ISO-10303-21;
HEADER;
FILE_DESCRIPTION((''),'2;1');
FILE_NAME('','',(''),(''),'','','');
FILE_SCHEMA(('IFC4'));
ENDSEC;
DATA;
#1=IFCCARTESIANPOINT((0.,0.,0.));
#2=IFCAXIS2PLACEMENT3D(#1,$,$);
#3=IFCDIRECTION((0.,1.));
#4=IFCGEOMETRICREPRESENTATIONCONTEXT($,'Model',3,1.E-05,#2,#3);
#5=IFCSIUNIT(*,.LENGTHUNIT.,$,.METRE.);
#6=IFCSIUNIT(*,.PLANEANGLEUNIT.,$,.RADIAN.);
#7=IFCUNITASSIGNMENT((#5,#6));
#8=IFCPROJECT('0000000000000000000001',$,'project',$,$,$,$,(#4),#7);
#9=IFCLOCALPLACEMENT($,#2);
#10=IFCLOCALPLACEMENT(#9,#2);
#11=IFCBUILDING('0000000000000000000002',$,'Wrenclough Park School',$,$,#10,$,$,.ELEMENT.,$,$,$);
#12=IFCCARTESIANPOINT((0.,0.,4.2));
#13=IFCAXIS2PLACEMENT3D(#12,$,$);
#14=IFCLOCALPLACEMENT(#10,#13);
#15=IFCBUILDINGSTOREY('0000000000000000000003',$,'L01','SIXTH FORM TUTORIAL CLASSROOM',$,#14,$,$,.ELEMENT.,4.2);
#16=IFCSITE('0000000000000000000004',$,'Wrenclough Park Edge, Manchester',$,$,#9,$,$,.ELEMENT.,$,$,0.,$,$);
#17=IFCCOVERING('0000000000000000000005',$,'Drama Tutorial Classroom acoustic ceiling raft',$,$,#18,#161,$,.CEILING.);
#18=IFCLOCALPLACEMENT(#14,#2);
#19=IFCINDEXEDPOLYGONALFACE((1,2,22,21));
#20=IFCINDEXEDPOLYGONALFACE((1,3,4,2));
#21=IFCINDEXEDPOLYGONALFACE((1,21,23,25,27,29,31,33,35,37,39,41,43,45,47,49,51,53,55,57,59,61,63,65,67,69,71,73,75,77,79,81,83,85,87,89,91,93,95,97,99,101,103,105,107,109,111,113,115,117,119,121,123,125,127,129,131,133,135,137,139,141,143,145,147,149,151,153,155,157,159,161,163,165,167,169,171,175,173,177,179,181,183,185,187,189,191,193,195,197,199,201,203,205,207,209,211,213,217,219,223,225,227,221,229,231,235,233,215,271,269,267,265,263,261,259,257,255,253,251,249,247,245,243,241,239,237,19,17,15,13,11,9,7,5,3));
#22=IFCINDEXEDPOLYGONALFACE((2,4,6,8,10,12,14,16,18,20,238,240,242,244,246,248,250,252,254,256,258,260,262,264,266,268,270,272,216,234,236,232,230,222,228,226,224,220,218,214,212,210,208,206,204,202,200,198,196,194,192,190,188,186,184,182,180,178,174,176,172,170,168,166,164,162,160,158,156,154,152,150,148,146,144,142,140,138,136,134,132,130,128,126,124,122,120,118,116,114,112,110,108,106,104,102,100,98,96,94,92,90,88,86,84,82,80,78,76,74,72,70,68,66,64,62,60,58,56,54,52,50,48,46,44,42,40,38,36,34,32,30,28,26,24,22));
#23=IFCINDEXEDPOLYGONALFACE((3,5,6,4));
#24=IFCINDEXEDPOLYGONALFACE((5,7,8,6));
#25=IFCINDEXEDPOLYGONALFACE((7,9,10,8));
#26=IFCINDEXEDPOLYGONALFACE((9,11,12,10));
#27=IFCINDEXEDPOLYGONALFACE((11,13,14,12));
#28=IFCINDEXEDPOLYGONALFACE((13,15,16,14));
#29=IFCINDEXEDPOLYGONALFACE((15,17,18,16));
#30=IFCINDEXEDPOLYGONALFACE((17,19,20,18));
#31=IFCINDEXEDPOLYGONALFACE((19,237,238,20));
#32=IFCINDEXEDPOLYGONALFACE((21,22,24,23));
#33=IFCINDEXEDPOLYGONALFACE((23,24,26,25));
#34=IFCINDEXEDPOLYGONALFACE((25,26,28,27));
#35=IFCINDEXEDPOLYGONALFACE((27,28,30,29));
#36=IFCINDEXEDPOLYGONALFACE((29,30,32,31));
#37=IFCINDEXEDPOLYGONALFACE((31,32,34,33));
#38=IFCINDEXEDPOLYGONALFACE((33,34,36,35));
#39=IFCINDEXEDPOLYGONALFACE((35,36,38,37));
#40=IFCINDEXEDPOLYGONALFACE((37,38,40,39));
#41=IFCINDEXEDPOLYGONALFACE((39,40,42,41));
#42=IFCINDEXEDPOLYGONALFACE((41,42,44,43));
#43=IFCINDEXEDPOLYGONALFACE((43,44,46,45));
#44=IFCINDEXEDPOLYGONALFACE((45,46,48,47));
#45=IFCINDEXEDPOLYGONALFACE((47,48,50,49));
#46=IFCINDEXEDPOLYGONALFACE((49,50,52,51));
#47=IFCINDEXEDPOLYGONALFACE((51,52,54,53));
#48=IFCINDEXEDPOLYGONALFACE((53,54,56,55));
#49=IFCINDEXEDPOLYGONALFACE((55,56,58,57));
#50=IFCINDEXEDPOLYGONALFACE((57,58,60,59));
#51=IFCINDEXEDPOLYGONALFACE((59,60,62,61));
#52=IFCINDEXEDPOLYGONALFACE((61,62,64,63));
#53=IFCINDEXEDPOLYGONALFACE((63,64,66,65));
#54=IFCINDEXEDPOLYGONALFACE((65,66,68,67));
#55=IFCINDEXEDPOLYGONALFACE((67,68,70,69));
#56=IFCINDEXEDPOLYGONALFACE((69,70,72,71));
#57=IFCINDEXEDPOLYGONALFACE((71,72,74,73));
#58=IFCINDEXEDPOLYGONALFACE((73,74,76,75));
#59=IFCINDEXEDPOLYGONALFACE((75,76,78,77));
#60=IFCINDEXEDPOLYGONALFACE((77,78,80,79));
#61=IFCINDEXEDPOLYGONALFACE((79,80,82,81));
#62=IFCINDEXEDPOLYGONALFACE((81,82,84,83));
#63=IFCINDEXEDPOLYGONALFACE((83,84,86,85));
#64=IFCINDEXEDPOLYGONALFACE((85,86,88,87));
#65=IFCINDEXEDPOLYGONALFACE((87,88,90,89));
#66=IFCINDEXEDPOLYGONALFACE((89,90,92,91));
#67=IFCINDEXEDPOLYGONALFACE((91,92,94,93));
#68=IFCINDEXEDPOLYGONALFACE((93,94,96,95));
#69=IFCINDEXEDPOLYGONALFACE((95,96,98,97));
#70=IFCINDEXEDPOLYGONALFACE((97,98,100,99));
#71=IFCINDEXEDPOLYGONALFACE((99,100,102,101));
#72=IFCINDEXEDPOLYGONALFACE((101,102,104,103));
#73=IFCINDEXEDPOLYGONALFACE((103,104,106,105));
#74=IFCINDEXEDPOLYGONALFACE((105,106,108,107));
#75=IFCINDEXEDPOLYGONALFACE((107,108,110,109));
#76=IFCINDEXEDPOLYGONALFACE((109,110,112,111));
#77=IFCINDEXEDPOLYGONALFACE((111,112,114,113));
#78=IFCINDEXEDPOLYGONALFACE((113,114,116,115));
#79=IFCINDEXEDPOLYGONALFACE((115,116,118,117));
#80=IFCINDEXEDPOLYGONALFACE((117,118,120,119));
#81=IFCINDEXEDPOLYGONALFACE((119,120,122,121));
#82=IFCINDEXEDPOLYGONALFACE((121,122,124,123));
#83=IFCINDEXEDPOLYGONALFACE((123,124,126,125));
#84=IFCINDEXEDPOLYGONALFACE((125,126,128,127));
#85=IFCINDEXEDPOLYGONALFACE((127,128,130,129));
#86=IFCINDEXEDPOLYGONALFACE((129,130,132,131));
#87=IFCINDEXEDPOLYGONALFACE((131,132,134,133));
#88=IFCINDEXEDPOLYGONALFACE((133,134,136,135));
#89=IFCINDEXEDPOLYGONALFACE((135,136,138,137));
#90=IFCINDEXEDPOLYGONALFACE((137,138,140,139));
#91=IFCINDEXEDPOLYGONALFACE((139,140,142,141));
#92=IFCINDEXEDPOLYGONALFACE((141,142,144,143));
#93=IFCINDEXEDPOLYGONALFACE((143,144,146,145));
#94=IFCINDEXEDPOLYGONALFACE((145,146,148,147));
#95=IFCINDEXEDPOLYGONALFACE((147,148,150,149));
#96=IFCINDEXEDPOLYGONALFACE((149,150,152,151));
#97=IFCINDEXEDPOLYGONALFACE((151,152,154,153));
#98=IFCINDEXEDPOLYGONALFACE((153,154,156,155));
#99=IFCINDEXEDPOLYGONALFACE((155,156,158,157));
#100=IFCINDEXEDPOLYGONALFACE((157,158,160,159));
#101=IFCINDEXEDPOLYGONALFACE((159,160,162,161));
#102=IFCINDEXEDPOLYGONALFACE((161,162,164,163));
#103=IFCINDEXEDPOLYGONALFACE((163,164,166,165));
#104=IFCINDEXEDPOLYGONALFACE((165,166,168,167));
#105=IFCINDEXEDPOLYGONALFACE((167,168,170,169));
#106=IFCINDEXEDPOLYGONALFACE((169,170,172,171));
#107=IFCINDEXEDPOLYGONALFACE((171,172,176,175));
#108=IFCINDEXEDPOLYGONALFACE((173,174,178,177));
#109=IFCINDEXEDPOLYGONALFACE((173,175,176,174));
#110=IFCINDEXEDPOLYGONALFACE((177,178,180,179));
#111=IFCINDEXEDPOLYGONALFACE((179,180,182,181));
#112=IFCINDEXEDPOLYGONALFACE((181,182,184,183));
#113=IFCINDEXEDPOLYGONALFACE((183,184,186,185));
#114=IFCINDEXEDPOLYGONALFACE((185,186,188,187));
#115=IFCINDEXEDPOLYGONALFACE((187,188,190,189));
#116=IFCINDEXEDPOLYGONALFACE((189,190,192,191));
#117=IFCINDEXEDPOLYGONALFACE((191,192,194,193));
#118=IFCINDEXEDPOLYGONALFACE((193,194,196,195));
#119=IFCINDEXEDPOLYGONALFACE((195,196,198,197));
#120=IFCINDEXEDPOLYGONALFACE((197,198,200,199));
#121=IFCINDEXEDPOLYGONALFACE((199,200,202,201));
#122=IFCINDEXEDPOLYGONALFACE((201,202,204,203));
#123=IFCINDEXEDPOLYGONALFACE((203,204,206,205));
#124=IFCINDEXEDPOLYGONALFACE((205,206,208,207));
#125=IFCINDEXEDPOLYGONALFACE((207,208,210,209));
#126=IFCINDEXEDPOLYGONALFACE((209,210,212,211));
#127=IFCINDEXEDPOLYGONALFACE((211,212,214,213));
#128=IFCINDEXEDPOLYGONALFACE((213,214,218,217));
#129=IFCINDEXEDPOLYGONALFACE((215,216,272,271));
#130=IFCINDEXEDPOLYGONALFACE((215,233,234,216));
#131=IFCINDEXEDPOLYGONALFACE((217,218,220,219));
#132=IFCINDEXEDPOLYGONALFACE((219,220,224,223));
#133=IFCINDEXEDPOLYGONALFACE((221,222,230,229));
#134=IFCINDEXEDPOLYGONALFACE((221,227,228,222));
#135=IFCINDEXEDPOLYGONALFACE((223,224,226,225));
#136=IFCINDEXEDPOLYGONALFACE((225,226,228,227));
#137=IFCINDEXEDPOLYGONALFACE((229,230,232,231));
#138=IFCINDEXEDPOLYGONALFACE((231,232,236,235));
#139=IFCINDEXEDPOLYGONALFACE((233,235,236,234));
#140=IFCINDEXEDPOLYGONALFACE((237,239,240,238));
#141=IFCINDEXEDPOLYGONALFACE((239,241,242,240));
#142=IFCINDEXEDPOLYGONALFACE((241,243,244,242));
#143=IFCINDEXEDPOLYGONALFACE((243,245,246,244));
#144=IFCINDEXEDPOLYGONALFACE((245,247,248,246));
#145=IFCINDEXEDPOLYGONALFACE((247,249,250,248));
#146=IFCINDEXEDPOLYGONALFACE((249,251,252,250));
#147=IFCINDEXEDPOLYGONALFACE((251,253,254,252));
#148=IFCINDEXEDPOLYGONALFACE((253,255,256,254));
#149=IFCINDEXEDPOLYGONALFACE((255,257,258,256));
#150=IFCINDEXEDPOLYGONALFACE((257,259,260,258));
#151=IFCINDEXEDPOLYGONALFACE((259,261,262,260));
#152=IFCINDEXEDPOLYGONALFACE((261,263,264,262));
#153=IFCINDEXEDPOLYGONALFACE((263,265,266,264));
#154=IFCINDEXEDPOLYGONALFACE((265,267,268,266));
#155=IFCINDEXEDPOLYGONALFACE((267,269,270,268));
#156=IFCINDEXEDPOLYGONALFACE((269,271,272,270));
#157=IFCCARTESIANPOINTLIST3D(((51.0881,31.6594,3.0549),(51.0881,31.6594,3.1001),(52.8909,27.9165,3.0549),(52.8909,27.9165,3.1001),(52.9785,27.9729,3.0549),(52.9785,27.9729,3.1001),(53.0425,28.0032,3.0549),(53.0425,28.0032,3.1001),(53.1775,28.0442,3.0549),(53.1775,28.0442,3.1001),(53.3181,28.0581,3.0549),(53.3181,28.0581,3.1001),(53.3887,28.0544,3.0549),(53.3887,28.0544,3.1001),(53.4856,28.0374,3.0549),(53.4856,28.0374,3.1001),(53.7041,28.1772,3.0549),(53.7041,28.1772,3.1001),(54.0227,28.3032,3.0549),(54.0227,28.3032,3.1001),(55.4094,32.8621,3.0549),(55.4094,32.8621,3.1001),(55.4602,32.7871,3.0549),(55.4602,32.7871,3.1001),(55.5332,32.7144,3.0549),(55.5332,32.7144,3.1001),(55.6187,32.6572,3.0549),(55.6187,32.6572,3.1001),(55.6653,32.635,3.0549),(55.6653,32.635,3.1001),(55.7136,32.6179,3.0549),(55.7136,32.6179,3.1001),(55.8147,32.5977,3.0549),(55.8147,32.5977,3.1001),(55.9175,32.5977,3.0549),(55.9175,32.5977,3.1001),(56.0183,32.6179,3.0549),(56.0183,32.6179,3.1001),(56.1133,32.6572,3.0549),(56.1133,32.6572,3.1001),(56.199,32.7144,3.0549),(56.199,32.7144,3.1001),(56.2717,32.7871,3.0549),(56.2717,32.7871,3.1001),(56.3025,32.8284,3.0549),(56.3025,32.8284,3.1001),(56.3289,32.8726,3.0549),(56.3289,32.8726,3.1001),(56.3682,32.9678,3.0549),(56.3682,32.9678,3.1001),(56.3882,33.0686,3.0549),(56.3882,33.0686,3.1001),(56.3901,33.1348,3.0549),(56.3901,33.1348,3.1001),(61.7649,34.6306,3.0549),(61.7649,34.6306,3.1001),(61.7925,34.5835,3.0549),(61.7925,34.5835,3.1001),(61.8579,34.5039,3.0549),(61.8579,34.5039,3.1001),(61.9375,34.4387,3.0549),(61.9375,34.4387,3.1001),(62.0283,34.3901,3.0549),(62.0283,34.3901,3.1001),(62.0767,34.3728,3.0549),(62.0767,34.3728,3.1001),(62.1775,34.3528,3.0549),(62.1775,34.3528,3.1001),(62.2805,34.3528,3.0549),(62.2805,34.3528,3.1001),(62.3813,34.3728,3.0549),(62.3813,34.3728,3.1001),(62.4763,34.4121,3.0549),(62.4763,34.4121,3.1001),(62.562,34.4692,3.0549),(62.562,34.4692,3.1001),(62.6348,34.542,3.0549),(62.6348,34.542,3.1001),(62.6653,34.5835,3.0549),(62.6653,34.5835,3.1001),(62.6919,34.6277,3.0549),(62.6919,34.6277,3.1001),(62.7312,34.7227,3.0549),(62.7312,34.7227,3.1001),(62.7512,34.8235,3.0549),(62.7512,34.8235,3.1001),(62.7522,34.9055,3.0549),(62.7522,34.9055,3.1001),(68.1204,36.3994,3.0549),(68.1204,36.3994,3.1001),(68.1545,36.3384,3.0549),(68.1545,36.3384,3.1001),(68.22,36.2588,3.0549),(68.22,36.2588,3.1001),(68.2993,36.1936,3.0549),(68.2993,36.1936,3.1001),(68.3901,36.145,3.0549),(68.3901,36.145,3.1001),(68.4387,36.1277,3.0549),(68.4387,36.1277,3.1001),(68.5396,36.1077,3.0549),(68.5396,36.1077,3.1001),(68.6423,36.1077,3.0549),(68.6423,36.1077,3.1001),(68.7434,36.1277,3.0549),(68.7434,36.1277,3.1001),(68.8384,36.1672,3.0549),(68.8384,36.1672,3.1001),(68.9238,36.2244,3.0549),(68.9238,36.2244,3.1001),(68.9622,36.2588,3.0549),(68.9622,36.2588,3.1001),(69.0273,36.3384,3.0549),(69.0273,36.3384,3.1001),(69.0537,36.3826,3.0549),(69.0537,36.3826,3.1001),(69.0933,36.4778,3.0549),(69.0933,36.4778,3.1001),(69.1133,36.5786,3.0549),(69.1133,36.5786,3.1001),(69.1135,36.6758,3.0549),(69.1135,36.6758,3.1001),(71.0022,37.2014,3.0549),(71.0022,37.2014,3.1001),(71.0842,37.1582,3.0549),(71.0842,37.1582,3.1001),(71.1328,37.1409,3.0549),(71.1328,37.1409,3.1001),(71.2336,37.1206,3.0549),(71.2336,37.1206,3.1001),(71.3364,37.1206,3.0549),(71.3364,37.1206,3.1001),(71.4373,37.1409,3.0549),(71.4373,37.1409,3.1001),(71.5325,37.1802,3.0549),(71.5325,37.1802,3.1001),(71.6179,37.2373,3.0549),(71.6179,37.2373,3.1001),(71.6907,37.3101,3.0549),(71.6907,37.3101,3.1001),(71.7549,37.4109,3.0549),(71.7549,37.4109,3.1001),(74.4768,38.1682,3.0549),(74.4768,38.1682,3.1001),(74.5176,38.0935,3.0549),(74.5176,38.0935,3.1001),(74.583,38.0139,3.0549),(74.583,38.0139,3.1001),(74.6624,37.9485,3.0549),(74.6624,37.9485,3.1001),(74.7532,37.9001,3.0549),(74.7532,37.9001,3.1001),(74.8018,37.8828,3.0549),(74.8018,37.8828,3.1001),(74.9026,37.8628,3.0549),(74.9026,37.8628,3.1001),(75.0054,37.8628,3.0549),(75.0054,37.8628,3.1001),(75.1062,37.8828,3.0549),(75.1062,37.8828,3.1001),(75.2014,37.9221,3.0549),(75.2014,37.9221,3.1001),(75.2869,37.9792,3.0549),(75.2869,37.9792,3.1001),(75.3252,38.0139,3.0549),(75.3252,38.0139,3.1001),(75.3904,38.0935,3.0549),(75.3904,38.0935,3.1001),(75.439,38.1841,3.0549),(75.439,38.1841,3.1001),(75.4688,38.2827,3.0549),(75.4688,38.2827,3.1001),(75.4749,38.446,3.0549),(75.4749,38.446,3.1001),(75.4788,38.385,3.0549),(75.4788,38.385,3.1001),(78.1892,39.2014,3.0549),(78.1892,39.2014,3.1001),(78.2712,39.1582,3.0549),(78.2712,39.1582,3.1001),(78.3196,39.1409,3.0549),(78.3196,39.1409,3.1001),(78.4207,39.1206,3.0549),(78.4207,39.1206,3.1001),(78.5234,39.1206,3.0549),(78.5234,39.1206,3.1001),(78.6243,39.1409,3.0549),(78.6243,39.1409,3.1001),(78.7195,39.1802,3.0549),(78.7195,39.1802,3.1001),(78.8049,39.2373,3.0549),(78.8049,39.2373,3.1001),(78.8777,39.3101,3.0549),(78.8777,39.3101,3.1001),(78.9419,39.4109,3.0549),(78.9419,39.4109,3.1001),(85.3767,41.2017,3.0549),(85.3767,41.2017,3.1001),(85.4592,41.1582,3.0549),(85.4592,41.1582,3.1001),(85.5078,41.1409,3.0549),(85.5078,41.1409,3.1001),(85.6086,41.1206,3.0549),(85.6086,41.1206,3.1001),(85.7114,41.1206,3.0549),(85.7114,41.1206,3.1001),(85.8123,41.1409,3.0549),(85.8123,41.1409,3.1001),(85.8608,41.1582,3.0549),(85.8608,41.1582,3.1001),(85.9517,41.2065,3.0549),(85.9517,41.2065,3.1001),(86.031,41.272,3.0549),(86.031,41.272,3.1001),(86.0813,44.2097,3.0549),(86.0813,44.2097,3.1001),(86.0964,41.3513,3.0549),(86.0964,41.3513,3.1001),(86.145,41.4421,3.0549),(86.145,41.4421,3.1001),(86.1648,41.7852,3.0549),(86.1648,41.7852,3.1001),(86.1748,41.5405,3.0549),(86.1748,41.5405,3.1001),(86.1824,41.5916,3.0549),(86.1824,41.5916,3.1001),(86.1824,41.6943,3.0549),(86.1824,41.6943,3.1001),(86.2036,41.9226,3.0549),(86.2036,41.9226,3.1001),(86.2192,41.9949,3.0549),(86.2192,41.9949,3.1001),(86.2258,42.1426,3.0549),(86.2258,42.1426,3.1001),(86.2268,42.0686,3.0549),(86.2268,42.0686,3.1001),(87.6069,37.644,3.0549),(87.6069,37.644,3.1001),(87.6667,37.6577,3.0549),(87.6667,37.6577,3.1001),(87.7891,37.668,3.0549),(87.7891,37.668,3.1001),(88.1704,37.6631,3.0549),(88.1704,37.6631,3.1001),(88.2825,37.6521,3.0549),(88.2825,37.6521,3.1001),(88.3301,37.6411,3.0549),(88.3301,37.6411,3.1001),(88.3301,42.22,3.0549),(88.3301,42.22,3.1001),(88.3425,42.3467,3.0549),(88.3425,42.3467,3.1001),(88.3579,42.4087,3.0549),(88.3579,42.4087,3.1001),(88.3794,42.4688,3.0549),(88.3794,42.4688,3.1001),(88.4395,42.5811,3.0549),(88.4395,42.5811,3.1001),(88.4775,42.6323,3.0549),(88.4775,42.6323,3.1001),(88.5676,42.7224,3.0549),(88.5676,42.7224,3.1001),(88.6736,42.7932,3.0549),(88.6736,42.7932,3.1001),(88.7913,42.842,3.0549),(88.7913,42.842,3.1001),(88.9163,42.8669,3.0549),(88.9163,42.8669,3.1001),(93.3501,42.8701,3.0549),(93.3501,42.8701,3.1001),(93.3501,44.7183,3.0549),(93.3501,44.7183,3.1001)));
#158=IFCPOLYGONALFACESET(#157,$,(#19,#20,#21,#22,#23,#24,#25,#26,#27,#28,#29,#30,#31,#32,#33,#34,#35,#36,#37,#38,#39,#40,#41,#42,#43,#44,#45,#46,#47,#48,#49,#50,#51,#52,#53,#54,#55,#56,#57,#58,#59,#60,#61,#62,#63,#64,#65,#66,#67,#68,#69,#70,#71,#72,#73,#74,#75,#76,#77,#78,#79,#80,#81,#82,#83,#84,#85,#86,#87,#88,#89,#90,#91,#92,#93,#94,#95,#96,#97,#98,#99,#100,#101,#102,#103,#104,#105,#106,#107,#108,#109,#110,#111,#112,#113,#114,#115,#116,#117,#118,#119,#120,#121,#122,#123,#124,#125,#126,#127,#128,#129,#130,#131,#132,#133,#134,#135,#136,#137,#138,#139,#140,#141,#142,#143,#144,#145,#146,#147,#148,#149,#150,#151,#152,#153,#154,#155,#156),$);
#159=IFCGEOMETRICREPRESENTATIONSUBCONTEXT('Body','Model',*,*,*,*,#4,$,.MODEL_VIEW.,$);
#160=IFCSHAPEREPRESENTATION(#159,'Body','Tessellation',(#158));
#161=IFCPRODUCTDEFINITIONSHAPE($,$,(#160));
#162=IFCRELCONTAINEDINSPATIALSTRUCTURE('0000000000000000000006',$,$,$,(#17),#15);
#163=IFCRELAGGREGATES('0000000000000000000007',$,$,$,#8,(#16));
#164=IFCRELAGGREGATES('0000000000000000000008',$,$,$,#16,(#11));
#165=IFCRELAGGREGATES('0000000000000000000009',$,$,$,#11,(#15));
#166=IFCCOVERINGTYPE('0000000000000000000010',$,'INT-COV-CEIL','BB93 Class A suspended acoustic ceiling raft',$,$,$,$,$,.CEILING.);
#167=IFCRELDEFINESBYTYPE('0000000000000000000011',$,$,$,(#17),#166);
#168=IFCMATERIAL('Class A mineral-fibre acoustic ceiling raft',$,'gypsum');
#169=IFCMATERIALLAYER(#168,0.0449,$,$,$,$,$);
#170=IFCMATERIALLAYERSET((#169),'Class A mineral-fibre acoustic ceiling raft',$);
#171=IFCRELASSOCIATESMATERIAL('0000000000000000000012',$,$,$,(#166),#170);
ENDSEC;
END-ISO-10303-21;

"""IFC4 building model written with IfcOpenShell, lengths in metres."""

from ifc_helpers import new_model, si_unit, direction, frame, origin, place, context, subcontext, project, spatial, polyline, outline, extrude, material, layer, layer_set, type_object, element, save


model = new_model("IFC4")

# Units and contexts
model_context = context("Model", 3, precision=1e-05, world=origin(), true_north=direction((0.0, 1.0)))
body_context = subcontext(model_context, "Body", "Model", "MODEL_VIEW")
ifc_project = project(units=[si_unit("LENGTHUNIT", "METRE"), si_unit("PLANEANGLEUNIT", "RADIAN")], contexts=[model_context])

# Site, building, storey
site_placement = place(None, origin())
site = spatial("IfcSite", under=ifc_project, at=site_placement, Name="Wrenclough Park Edge, Manchester", CompositionType="ELEMENT", RefElevation=0.0)
building_placement = place(site_placement, origin())
building = spatial("IfcBuilding", under=site, at=building_placement, Name="Wrenclough Park School", CompositionType="ELEMENT")
storey_placement = place(building_placement, frame((0.0, 0.0, 4.2)))
storey = spatial("IfcBuildingStorey", under=building, at=storey_placement, Name="L01", Description="SIXTH FORM TUTORIAL CLASSROOM", CompositionType="ELEMENT", Elevation=4.2)

# Covering
ifc_material_1 = material(Name="Class A mineral-fibre acoustic ceiling raft", Category="gypsum")
ifc_layer_1 = layer(ifc_material_1, 0.0449)
ifc_layer_set_1 = layer_set([ifc_layer_1], Name="Class A mineral-fibre acoustic ceiling raft")
covering_type_1 = type_object("IfcCoveringType", Name="INT-COV-CEIL", Description="BB93 Class A suspended acoustic ceiling raft", PredefinedType="CEILING", material=ifc_layer_set_1)
covering_1_placement = place(storey_placement, frame((0.0, 0.0, 3.0549)))
element("IfcCovering", 1, at=covering_1_placement, inside=storey, type_object=covering_type_1, Name="Drama Tutorial Classroom acoustic ceiling raft", PredefinedType="CEILING", context=body_context, shape_type="SweptSolid", body=[
    extrude(outline(polyline([(88.2825, 37.6521), (88.3301, 37.6411), (88.3301, 42.22), (88.3425, 42.3467), (88.3579, 42.4087), (88.3794, 42.4688), (88.4395, 42.5811), (88.4775, 42.6323), (88.5676, 42.7224), (88.6736, 42.7932), (88.7913, 42.842), (88.9163, 42.8669), (93.3501, 42.8701), (93.3501, 44.7183), (86.0813, 44.2097), (86.2258, 42.1426), (86.2268, 42.0686), (86.2192, 41.9949), (86.2036, 41.9226), (86.1648, 41.7852), (86.1824, 41.6943), (86.1824, 41.5916), (86.1748, 41.5405), (86.145, 41.4421), (86.0964, 41.3513), (86.031, 41.272), (85.9517, 41.2065), (85.8608, 41.1582), (85.8123, 41.1409), (85.7114, 41.1206), (85.6086, 41.1206), (85.5078, 41.1409), (85.4592, 41.1582), (85.3767, 41.2017), (78.9419, 39.4109), (78.8777, 39.3101), (78.8049, 39.2373), (78.7195, 39.1802), (78.6243, 39.1409), (78.5234, 39.1206), (78.4207, 39.1206), (78.3196, 39.1409), (78.2712, 39.1582), (78.1892, 39.2014), (75.4749, 38.446), (75.4788, 38.385), (75.4688, 38.2827), (75.439, 38.1841), (75.3904, 38.0935), (75.3252, 38.0139), (75.2869, 37.9792), (75.2014, 37.9221), (75.1062, 37.8828), (75.0054, 37.8628), (74.9026, 37.8628), (74.8018, 37.8828), (74.7532, 37.9001), (74.6624, 37.9485), (74.583, 38.0139), (74.5176, 38.0935), (74.4768, 38.1682), (71.7549, 37.4109), (71.6907, 37.3101), (71.6179, 37.2373), (71.5325, 37.1802), (71.4373, 37.1409), (71.3364, 37.1206), (71.2336, 37.1206), (71.1328, 37.1409), (71.0842, 37.1582), (71.0022, 37.2014), (69.1135, 36.6758), (69.1133, 36.5786), (69.0933, 36.4778), (69.0537, 36.3826), (69.0273, 36.3384), (68.9622, 36.2588), (68.9238, 36.2244), (68.8384, 36.1672), (68.7434, 36.1277), (68.6423, 36.1077), (68.5396, 36.1077), (68.4387, 36.1277), (68.3901, 36.145), (68.2993, 36.1936), (68.22, 36.2588), (68.1545, 36.3384), (68.1204, 36.3994), (62.7522, 34.9055), (62.7512, 34.8235), (62.7312, 34.7227), (62.6919, 34.6277), (62.6653, 34.5835), (62.6348, 34.542), (62.562, 34.4692), (62.4763, 34.4121), (62.3813, 34.3728), (62.2805, 34.3528), (62.1775, 34.3528), (62.0767, 34.3728), (62.0283, 34.3901), (61.9375, 34.4387), (61.8579, 34.5039), (61.7925, 34.5835), (61.7649, 34.6306), (56.3901, 33.1348), (56.3882, 33.0686), (56.3682, 32.9678), (56.3289, 32.8726), (56.3025, 32.8284), (56.2717, 32.7871), (56.199, 32.7144), (56.1133, 32.6572), (56.0183, 32.6179), (55.9175, 32.5977), (55.8147, 32.5977), (55.7136, 32.6179), (55.6653, 32.635), (55.6187, 32.6572), (55.5332, 32.7144), (55.4602, 32.7871), (55.4094, 32.8621), (51.0881, 31.6594), (52.8909, 27.9165), (52.9785, 27.9729), (53.0425, 28.0032), (53.1775, 28.0442), (53.3181, 28.0581), (53.3887, 28.0544), (53.4856, 28.0374), (53.7041, 28.1772), (54.0227, 28.3032), (87.6069, 37.644), (87.6667, 37.6577), (87.7891, 37.668), (88.1704, 37.6631), (88.2825, 37.6521)])), origin(), (0.0, 0.0, 1.0), 0.0452),
])

save(model, "model.ifc")
